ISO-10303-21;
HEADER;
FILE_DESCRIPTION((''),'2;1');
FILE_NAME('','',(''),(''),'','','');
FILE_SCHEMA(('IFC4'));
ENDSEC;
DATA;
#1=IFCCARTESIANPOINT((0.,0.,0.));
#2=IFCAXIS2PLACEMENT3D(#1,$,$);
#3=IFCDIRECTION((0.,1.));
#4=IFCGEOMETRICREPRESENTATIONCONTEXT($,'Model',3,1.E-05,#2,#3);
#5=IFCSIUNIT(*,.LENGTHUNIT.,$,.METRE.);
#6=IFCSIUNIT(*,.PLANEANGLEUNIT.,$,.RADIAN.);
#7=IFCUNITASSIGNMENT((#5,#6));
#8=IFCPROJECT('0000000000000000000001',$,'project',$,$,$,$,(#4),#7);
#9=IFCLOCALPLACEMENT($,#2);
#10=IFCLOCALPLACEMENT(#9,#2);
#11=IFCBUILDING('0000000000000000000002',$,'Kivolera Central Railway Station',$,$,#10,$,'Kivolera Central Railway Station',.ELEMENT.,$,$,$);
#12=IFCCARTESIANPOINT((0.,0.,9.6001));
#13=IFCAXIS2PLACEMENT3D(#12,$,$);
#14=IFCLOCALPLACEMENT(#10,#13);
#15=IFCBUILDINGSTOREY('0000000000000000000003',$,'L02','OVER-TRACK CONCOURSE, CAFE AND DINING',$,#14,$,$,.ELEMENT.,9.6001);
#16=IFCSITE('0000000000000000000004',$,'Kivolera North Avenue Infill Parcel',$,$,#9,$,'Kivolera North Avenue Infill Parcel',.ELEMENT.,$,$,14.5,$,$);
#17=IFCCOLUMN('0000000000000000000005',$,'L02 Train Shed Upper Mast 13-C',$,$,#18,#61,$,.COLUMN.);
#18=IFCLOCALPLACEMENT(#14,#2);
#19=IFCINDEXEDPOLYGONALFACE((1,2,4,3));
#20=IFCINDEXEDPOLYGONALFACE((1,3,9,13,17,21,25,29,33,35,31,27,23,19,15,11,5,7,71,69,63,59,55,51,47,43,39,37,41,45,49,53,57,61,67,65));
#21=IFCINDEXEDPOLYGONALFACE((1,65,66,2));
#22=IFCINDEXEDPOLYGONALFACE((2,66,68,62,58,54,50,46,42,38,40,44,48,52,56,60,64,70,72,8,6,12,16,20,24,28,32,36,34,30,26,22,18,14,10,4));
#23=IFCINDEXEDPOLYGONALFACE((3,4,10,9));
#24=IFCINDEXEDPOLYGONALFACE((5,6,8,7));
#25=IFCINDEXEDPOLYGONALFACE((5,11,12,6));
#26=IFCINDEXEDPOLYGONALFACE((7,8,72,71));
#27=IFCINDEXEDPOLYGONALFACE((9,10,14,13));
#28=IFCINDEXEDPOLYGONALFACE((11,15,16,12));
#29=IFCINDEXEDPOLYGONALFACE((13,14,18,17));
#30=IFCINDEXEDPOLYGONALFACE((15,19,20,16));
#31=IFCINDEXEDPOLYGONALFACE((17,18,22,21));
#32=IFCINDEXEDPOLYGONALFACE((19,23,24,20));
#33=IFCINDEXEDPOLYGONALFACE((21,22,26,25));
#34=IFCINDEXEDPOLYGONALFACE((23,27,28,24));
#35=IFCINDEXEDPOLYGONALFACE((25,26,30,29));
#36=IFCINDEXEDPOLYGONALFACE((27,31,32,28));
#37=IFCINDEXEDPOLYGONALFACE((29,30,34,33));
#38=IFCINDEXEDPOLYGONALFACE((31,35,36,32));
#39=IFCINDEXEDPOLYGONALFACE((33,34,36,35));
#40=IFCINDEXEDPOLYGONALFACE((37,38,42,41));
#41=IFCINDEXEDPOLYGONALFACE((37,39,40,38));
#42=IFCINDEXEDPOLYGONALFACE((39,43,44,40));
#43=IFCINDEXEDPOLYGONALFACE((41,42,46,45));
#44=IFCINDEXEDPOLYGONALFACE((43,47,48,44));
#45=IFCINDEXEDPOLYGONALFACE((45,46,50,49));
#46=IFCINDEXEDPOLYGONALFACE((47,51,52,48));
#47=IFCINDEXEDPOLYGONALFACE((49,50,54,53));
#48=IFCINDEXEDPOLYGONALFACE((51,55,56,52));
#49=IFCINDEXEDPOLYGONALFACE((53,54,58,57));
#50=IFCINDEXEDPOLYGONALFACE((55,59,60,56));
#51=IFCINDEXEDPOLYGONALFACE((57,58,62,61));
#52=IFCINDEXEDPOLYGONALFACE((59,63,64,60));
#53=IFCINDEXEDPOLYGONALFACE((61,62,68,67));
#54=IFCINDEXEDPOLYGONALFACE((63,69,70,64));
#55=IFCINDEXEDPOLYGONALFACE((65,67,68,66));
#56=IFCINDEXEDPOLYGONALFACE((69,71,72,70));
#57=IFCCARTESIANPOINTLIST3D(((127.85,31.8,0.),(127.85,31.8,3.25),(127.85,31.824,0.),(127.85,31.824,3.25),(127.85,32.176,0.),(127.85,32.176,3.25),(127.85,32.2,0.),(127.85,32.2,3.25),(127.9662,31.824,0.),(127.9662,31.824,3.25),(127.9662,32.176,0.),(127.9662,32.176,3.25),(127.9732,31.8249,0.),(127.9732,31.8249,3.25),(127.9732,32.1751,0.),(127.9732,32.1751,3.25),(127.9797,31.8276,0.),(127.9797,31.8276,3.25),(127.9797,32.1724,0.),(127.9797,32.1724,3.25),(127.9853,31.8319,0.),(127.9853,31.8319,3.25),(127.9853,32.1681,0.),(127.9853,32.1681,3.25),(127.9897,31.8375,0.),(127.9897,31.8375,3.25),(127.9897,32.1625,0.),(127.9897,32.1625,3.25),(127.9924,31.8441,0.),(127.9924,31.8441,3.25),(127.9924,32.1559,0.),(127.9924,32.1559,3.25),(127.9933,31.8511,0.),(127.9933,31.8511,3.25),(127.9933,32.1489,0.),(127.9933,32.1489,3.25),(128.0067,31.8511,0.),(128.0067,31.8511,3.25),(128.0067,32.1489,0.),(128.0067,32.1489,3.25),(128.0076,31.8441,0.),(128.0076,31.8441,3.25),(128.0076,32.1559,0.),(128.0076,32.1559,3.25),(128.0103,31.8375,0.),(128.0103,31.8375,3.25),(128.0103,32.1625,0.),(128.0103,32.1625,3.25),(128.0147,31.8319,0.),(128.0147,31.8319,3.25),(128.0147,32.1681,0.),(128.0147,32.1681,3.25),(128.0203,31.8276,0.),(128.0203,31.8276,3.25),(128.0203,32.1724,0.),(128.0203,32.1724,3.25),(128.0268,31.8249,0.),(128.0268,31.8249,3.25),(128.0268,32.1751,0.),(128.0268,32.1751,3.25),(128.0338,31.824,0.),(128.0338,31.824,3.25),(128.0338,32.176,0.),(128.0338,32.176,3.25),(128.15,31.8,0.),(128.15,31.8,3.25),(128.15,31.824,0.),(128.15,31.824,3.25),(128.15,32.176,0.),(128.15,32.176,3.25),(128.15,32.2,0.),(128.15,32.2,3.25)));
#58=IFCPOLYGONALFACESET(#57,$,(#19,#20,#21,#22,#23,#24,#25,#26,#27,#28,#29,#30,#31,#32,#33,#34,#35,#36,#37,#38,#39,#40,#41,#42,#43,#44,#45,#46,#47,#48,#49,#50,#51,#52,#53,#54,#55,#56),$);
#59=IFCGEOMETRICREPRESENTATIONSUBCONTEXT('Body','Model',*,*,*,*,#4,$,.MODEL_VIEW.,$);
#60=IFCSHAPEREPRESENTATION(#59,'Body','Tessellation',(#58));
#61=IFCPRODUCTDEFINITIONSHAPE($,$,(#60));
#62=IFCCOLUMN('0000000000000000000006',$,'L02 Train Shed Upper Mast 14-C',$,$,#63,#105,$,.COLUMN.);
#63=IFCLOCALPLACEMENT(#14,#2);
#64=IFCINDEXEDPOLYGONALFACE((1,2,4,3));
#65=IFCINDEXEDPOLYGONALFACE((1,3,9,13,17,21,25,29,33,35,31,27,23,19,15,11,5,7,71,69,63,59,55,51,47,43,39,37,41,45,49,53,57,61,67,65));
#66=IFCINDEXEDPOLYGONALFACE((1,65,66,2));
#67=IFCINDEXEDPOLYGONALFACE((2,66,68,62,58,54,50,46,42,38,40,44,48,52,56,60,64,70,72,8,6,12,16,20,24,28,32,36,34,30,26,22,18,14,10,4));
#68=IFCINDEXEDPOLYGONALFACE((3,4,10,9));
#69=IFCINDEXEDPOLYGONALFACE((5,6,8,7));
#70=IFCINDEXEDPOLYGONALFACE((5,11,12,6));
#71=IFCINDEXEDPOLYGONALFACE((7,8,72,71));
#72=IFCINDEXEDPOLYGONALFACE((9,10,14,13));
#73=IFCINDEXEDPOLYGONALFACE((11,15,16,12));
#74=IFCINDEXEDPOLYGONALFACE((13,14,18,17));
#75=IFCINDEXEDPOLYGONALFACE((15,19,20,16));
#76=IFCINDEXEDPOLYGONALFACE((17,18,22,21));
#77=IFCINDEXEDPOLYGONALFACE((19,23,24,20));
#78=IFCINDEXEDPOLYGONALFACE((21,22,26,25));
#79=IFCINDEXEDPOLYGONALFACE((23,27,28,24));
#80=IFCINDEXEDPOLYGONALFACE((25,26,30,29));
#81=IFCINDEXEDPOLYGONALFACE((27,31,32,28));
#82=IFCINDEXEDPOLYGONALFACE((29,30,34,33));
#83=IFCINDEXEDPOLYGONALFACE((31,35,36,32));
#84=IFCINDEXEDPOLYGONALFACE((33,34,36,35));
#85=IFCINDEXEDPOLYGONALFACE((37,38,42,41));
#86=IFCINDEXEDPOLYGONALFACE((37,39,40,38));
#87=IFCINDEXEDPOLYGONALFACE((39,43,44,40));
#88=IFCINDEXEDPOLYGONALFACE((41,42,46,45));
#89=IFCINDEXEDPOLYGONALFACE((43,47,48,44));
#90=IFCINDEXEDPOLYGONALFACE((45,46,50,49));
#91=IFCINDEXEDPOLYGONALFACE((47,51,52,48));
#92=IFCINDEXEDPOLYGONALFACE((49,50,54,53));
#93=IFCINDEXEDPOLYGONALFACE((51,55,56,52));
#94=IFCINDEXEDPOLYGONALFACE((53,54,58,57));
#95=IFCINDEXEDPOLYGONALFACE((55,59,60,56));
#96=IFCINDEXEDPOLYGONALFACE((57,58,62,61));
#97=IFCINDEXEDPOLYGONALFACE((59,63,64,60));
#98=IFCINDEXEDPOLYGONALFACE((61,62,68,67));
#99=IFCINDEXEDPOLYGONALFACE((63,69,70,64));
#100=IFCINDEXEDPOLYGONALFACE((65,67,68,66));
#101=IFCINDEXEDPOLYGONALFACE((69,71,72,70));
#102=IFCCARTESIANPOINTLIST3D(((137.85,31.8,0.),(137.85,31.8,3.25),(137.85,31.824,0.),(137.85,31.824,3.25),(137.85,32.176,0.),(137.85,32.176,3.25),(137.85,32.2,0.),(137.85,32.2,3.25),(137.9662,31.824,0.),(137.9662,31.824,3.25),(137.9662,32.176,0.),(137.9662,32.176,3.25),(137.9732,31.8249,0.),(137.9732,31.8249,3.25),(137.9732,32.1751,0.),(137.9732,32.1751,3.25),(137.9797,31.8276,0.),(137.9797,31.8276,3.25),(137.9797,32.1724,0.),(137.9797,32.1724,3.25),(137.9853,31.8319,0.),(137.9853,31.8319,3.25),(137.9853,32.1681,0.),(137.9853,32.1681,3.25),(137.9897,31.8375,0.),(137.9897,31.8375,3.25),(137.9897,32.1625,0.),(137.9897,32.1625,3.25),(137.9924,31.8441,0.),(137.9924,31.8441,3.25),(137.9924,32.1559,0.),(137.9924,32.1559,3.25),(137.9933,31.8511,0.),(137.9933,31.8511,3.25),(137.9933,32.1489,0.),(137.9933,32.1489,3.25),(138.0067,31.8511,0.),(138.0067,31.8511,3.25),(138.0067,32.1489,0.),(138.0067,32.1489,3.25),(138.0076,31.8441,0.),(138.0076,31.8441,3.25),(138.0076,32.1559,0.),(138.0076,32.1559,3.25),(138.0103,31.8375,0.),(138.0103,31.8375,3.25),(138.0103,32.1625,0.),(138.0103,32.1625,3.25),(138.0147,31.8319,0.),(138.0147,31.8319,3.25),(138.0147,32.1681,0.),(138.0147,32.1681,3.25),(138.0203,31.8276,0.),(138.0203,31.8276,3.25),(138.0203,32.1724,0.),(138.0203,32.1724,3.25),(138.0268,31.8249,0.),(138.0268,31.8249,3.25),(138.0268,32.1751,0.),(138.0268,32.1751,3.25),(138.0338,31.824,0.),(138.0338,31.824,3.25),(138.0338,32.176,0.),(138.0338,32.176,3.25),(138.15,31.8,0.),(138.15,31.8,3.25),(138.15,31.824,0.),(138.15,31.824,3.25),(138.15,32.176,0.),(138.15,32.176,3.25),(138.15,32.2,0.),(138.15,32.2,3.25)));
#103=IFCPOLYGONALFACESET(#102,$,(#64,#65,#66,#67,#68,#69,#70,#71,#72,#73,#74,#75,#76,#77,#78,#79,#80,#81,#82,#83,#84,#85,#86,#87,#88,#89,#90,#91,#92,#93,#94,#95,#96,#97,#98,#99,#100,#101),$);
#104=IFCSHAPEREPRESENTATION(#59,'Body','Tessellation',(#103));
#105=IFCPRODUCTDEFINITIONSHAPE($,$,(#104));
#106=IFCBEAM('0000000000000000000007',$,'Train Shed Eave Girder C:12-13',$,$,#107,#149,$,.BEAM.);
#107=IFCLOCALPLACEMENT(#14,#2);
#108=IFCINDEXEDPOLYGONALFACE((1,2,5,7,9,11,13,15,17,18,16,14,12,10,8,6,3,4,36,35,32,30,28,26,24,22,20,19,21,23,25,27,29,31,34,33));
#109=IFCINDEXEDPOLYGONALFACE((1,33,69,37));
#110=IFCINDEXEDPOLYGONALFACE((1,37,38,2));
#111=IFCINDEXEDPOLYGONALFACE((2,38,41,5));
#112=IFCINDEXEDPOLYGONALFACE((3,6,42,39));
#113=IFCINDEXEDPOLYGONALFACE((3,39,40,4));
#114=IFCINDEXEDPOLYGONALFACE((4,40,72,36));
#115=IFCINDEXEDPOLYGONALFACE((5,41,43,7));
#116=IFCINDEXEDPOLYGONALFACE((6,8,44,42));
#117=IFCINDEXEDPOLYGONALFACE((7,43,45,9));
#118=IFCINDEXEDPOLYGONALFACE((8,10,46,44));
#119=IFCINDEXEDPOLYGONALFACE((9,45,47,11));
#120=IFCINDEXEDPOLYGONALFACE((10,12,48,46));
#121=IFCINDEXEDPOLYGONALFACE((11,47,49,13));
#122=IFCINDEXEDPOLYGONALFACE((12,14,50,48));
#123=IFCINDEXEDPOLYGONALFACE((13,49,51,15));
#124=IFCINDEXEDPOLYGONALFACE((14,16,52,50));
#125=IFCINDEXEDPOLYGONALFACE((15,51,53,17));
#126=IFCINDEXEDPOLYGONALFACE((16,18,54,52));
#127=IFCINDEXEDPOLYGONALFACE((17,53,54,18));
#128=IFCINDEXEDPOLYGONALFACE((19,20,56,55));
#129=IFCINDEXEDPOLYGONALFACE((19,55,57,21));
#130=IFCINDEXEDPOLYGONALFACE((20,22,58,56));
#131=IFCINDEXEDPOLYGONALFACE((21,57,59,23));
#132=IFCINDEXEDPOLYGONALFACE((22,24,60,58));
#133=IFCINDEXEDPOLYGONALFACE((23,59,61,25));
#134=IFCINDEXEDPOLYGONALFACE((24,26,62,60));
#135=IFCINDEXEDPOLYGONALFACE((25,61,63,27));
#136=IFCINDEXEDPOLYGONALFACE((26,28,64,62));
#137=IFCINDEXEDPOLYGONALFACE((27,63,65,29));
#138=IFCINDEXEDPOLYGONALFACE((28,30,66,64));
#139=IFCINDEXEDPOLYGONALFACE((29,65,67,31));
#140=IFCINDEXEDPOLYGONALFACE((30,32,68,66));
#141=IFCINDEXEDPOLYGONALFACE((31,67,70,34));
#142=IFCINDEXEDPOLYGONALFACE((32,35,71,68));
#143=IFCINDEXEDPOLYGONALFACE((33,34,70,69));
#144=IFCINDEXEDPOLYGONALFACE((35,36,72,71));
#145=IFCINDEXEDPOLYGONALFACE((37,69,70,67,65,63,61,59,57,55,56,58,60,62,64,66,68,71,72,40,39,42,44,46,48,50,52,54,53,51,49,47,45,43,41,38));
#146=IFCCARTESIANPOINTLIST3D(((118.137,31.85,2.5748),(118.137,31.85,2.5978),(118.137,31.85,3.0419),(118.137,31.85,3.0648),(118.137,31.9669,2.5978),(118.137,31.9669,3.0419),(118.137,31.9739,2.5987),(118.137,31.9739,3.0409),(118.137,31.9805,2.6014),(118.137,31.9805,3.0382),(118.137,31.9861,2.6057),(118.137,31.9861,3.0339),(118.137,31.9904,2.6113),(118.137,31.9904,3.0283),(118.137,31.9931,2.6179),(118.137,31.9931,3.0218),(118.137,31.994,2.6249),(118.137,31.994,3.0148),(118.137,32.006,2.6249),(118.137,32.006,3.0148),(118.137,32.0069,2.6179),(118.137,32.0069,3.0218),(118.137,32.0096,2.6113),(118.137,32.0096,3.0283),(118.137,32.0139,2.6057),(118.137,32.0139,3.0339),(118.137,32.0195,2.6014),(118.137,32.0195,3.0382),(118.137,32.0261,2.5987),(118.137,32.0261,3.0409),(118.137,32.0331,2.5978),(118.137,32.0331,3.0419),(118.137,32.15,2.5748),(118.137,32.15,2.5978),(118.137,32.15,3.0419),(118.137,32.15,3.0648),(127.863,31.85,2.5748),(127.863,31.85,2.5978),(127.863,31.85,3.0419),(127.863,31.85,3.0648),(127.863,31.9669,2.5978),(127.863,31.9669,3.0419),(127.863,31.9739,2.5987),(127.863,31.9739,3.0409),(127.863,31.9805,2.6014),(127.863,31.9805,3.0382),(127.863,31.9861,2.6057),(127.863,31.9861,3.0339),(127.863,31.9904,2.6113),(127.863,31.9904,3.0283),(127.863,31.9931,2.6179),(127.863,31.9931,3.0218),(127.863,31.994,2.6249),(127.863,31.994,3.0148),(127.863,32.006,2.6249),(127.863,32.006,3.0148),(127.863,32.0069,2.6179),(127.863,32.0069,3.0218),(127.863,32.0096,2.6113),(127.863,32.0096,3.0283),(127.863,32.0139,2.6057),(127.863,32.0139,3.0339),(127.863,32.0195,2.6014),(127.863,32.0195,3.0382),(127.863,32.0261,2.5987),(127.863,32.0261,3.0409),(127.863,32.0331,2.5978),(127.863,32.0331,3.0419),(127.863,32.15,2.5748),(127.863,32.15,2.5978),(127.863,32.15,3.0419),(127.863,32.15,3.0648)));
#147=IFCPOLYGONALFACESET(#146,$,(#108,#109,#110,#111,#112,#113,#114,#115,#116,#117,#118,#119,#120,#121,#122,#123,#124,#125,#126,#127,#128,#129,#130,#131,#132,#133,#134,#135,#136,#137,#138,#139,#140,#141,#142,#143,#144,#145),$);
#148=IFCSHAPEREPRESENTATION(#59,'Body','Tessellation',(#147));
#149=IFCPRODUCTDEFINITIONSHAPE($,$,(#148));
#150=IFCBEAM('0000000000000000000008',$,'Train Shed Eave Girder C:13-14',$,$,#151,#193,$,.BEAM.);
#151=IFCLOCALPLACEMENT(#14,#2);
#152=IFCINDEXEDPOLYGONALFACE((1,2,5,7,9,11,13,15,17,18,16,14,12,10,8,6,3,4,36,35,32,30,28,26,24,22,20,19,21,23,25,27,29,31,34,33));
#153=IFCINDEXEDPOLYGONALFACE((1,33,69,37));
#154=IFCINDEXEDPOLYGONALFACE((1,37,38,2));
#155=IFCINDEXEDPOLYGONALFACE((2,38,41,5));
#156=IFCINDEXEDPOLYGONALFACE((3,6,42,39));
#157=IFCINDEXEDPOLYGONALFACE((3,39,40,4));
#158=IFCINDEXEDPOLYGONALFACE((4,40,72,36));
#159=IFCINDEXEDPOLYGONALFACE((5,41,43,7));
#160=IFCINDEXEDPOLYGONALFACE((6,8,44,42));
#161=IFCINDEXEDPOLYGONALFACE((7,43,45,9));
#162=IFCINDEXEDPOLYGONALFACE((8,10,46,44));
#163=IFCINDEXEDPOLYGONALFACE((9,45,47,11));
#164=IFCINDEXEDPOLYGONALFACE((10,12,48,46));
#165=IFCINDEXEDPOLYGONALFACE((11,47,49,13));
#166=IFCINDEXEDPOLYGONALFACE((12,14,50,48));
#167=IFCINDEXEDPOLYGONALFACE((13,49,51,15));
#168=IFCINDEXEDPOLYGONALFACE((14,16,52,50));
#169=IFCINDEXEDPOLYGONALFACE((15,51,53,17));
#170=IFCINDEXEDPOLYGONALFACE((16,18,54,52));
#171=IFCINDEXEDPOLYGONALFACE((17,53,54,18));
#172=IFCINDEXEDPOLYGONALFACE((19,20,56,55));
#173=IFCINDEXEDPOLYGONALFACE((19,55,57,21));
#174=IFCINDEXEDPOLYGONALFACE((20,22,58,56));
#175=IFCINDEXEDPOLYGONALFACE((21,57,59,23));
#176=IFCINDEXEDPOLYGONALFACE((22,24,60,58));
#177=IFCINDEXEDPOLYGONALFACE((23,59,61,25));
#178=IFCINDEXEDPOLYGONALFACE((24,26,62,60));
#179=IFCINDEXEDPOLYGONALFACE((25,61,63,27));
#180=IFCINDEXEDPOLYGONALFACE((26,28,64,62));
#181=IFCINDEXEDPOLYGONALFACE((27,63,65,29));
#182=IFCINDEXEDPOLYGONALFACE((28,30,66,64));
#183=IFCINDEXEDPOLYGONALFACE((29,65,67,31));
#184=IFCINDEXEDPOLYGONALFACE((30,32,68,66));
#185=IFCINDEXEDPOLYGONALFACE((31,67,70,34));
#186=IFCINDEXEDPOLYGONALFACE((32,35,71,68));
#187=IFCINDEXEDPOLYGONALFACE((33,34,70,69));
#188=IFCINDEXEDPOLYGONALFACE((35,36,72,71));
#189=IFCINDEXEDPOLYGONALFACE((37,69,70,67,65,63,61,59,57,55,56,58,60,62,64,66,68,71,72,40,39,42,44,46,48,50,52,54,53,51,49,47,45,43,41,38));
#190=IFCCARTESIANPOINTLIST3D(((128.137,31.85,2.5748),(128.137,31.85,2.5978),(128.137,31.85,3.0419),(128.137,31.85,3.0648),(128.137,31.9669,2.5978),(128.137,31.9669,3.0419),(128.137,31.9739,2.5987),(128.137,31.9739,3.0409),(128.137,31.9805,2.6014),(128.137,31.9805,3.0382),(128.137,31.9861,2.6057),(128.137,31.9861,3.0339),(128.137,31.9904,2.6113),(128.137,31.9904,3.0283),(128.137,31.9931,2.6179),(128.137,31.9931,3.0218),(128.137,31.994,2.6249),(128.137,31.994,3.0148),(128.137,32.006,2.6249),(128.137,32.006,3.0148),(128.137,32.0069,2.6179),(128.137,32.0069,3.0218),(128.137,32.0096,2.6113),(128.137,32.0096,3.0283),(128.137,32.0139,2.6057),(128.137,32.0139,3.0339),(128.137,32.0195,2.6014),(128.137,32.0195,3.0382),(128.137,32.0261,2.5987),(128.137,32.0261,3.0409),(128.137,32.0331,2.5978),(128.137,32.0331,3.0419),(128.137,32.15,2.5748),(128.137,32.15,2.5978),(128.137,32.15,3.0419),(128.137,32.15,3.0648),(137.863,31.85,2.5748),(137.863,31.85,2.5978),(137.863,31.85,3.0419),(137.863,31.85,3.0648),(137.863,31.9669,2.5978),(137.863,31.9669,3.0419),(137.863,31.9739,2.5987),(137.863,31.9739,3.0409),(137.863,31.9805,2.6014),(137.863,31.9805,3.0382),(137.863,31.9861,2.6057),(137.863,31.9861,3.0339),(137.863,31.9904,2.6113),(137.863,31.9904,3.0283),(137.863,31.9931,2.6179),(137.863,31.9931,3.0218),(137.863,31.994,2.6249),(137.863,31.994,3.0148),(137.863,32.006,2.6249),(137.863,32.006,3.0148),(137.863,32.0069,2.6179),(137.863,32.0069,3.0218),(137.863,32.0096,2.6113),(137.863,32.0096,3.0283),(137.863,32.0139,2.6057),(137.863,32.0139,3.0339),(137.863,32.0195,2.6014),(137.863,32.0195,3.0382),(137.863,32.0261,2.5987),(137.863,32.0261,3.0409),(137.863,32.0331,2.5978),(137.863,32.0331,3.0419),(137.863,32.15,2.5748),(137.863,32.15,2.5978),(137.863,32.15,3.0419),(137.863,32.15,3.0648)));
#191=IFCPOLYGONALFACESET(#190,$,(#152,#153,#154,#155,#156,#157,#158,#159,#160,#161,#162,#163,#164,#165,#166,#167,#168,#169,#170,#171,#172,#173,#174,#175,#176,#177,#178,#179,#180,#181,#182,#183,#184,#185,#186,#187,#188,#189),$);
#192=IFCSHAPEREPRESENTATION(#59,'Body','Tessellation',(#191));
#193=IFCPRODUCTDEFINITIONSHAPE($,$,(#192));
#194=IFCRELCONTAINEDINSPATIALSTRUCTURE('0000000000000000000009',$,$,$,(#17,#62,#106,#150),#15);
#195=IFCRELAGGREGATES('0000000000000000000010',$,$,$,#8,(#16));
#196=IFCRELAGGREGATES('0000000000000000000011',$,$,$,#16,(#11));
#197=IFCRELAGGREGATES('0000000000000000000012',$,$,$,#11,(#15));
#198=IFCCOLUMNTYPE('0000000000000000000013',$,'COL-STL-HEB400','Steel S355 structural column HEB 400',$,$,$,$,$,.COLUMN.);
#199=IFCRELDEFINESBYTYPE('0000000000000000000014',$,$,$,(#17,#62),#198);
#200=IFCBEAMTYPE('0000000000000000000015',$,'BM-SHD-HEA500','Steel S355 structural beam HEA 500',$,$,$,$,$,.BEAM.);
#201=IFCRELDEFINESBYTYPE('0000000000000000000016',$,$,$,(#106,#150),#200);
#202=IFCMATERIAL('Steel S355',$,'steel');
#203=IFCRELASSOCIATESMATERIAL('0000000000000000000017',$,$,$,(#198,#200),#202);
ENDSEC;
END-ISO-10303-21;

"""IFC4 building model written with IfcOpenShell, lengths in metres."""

from ifc_helpers import new_model, si_unit, direction, frame, origin, origin_2d, place, context, subcontext, project, spatial, i_section, extrude, material, material_profile, profile_set, type_object, element, save


model = new_model("IFC4")

# Units and contexts
model_context = context("Model", 3, precision=1e-05, world=origin(), true_north=direction((0.0, 1.0)))
body_context = subcontext(model_context, "Body", "Model", "MODEL_VIEW")
ifc_project = project(units=[si_unit("LENGTHUNIT", "METRE"), si_unit("PLANEANGLEUNIT", "RADIAN")], contexts=[model_context])

# Site, building, storey
site_placement = place(None, origin())
site = spatial("IfcSite", under=ifc_project, at=site_placement, Name="Kivolera North Avenue Infill Parcel", LongName="Kivolera North Avenue Infill Parcel", CompositionType="ELEMENT", RefElevation=14.5)
building_placement = place(site_placement, origin())
building = spatial("IfcBuilding", under=site, at=building_placement, Name="Kivolera Central Railway Station", LongName="Kivolera Central Railway Station", CompositionType="ELEMENT")
storey_placement = place(building_placement, frame((0.0, 0.0, 9.6001)))
storey = spatial("IfcBuildingStorey", under=building, at=storey_placement, Name="L02", Description="OVER-TRACK CONCOURSE, CAFE AND DINING", CompositionType="ELEMENT", Elevation=9.6001)

# Columns
ifc_material_1 = material(Name="Steel S355", Category="steel")
ifc_material_profile_1 = material_profile(ifc_material_1, i_section(OverallWidth=0.3, OverallDepth=0.3999, WebThickness=0.0134, FlangeThickness=0.0239, FilletRadius=0.0271, at=origin_2d()), Name="HEB 400")
ifc_profile_set_1 = profile_set([ifc_material_profile_1], Name="Steel S355")
column_type = type_object("IfcColumnType", Name="COL-STL-HEB400", Description="Steel S355 structural column HEB 400", PredefinedType="COLUMN", material=ifc_profile_set_1)
for number, where, z_axis, x_axis, name in (
    (1, (128.0, 32.0, 0.0), (0.0, 0.0, 1.0), (1.0, 0.0, 0.0), "L02 Train Shed Upper Mast 13-C"),
    (2, (138.0, 32.0, 0.0), (0.0, 0.0, 1.0), (1.0, 0.0, 0.0), "L02 Train Shed Upper Mast 14-C"),
):
    element("IfcColumn", number, at=place(storey_placement, frame(where, z_axis=z_axis, x_axis=x_axis)), inside=storey, type_object=column_type, Name=name, PredefinedType="COLUMN", context=body_context, shape_type="SweptSolid", body=[
        extrude(i_section(OverallWidth=0.3, OverallDepth=0.3999, WebThickness=0.0134, FlangeThickness=0.0239, FilletRadius=0.0271, at=origin_2d()), origin(), (0.0, 0.0, 1.0), 3.25),
    ])

# Beams
ifc_material_profile_2 = material_profile(ifc_material_1, i_section(OverallWidth=0.3, OverallDepth=0.49, WebThickness=0.012, FlangeThickness=0.0229, FilletRadius=0.0271, at=origin_2d()), Name="HEA 500")
ifc_profile_set_2 = profile_set([ifc_material_profile_2], Name="Steel S355")
beam_type_1 = type_object("IfcBeamType", Name="BM-SHD-HEA500", Description="Steel S355 structural beam HEA 500", PredefinedType="BEAM", material=ifc_profile_set_2)
for number, where, z_axis, x_axis, name in (
    (3, (118.137, 32.0, 2.8198), (1.0, 0.0, 0.0), (0.0, 1.0, 0.0), "Train Shed Eave Girder C:12-13"),
    (4, (128.137, 32.0, 2.8198), (1.0, 0.0, 0.0), (0.0, 1.0, 0.0), "Train Shed Eave Girder C:13-14"),
):
    element("IfcBeam", number, at=place(storey_placement, frame(where, z_axis=z_axis, x_axis=x_axis)), inside=storey, type_object=beam_type_1, Name=name, PredefinedType="BEAM", context=body_context, shape_type="SweptSolid", body=[
        extrude(i_section(OverallWidth=0.3, OverallDepth=0.49, WebThickness=0.012, FlangeThickness=0.0229, FilletRadius=0.0271, at=origin_2d()), origin(), (0.0, 0.0, 1.0), 9.7261),
    ])

save(model, "model.ifc")
